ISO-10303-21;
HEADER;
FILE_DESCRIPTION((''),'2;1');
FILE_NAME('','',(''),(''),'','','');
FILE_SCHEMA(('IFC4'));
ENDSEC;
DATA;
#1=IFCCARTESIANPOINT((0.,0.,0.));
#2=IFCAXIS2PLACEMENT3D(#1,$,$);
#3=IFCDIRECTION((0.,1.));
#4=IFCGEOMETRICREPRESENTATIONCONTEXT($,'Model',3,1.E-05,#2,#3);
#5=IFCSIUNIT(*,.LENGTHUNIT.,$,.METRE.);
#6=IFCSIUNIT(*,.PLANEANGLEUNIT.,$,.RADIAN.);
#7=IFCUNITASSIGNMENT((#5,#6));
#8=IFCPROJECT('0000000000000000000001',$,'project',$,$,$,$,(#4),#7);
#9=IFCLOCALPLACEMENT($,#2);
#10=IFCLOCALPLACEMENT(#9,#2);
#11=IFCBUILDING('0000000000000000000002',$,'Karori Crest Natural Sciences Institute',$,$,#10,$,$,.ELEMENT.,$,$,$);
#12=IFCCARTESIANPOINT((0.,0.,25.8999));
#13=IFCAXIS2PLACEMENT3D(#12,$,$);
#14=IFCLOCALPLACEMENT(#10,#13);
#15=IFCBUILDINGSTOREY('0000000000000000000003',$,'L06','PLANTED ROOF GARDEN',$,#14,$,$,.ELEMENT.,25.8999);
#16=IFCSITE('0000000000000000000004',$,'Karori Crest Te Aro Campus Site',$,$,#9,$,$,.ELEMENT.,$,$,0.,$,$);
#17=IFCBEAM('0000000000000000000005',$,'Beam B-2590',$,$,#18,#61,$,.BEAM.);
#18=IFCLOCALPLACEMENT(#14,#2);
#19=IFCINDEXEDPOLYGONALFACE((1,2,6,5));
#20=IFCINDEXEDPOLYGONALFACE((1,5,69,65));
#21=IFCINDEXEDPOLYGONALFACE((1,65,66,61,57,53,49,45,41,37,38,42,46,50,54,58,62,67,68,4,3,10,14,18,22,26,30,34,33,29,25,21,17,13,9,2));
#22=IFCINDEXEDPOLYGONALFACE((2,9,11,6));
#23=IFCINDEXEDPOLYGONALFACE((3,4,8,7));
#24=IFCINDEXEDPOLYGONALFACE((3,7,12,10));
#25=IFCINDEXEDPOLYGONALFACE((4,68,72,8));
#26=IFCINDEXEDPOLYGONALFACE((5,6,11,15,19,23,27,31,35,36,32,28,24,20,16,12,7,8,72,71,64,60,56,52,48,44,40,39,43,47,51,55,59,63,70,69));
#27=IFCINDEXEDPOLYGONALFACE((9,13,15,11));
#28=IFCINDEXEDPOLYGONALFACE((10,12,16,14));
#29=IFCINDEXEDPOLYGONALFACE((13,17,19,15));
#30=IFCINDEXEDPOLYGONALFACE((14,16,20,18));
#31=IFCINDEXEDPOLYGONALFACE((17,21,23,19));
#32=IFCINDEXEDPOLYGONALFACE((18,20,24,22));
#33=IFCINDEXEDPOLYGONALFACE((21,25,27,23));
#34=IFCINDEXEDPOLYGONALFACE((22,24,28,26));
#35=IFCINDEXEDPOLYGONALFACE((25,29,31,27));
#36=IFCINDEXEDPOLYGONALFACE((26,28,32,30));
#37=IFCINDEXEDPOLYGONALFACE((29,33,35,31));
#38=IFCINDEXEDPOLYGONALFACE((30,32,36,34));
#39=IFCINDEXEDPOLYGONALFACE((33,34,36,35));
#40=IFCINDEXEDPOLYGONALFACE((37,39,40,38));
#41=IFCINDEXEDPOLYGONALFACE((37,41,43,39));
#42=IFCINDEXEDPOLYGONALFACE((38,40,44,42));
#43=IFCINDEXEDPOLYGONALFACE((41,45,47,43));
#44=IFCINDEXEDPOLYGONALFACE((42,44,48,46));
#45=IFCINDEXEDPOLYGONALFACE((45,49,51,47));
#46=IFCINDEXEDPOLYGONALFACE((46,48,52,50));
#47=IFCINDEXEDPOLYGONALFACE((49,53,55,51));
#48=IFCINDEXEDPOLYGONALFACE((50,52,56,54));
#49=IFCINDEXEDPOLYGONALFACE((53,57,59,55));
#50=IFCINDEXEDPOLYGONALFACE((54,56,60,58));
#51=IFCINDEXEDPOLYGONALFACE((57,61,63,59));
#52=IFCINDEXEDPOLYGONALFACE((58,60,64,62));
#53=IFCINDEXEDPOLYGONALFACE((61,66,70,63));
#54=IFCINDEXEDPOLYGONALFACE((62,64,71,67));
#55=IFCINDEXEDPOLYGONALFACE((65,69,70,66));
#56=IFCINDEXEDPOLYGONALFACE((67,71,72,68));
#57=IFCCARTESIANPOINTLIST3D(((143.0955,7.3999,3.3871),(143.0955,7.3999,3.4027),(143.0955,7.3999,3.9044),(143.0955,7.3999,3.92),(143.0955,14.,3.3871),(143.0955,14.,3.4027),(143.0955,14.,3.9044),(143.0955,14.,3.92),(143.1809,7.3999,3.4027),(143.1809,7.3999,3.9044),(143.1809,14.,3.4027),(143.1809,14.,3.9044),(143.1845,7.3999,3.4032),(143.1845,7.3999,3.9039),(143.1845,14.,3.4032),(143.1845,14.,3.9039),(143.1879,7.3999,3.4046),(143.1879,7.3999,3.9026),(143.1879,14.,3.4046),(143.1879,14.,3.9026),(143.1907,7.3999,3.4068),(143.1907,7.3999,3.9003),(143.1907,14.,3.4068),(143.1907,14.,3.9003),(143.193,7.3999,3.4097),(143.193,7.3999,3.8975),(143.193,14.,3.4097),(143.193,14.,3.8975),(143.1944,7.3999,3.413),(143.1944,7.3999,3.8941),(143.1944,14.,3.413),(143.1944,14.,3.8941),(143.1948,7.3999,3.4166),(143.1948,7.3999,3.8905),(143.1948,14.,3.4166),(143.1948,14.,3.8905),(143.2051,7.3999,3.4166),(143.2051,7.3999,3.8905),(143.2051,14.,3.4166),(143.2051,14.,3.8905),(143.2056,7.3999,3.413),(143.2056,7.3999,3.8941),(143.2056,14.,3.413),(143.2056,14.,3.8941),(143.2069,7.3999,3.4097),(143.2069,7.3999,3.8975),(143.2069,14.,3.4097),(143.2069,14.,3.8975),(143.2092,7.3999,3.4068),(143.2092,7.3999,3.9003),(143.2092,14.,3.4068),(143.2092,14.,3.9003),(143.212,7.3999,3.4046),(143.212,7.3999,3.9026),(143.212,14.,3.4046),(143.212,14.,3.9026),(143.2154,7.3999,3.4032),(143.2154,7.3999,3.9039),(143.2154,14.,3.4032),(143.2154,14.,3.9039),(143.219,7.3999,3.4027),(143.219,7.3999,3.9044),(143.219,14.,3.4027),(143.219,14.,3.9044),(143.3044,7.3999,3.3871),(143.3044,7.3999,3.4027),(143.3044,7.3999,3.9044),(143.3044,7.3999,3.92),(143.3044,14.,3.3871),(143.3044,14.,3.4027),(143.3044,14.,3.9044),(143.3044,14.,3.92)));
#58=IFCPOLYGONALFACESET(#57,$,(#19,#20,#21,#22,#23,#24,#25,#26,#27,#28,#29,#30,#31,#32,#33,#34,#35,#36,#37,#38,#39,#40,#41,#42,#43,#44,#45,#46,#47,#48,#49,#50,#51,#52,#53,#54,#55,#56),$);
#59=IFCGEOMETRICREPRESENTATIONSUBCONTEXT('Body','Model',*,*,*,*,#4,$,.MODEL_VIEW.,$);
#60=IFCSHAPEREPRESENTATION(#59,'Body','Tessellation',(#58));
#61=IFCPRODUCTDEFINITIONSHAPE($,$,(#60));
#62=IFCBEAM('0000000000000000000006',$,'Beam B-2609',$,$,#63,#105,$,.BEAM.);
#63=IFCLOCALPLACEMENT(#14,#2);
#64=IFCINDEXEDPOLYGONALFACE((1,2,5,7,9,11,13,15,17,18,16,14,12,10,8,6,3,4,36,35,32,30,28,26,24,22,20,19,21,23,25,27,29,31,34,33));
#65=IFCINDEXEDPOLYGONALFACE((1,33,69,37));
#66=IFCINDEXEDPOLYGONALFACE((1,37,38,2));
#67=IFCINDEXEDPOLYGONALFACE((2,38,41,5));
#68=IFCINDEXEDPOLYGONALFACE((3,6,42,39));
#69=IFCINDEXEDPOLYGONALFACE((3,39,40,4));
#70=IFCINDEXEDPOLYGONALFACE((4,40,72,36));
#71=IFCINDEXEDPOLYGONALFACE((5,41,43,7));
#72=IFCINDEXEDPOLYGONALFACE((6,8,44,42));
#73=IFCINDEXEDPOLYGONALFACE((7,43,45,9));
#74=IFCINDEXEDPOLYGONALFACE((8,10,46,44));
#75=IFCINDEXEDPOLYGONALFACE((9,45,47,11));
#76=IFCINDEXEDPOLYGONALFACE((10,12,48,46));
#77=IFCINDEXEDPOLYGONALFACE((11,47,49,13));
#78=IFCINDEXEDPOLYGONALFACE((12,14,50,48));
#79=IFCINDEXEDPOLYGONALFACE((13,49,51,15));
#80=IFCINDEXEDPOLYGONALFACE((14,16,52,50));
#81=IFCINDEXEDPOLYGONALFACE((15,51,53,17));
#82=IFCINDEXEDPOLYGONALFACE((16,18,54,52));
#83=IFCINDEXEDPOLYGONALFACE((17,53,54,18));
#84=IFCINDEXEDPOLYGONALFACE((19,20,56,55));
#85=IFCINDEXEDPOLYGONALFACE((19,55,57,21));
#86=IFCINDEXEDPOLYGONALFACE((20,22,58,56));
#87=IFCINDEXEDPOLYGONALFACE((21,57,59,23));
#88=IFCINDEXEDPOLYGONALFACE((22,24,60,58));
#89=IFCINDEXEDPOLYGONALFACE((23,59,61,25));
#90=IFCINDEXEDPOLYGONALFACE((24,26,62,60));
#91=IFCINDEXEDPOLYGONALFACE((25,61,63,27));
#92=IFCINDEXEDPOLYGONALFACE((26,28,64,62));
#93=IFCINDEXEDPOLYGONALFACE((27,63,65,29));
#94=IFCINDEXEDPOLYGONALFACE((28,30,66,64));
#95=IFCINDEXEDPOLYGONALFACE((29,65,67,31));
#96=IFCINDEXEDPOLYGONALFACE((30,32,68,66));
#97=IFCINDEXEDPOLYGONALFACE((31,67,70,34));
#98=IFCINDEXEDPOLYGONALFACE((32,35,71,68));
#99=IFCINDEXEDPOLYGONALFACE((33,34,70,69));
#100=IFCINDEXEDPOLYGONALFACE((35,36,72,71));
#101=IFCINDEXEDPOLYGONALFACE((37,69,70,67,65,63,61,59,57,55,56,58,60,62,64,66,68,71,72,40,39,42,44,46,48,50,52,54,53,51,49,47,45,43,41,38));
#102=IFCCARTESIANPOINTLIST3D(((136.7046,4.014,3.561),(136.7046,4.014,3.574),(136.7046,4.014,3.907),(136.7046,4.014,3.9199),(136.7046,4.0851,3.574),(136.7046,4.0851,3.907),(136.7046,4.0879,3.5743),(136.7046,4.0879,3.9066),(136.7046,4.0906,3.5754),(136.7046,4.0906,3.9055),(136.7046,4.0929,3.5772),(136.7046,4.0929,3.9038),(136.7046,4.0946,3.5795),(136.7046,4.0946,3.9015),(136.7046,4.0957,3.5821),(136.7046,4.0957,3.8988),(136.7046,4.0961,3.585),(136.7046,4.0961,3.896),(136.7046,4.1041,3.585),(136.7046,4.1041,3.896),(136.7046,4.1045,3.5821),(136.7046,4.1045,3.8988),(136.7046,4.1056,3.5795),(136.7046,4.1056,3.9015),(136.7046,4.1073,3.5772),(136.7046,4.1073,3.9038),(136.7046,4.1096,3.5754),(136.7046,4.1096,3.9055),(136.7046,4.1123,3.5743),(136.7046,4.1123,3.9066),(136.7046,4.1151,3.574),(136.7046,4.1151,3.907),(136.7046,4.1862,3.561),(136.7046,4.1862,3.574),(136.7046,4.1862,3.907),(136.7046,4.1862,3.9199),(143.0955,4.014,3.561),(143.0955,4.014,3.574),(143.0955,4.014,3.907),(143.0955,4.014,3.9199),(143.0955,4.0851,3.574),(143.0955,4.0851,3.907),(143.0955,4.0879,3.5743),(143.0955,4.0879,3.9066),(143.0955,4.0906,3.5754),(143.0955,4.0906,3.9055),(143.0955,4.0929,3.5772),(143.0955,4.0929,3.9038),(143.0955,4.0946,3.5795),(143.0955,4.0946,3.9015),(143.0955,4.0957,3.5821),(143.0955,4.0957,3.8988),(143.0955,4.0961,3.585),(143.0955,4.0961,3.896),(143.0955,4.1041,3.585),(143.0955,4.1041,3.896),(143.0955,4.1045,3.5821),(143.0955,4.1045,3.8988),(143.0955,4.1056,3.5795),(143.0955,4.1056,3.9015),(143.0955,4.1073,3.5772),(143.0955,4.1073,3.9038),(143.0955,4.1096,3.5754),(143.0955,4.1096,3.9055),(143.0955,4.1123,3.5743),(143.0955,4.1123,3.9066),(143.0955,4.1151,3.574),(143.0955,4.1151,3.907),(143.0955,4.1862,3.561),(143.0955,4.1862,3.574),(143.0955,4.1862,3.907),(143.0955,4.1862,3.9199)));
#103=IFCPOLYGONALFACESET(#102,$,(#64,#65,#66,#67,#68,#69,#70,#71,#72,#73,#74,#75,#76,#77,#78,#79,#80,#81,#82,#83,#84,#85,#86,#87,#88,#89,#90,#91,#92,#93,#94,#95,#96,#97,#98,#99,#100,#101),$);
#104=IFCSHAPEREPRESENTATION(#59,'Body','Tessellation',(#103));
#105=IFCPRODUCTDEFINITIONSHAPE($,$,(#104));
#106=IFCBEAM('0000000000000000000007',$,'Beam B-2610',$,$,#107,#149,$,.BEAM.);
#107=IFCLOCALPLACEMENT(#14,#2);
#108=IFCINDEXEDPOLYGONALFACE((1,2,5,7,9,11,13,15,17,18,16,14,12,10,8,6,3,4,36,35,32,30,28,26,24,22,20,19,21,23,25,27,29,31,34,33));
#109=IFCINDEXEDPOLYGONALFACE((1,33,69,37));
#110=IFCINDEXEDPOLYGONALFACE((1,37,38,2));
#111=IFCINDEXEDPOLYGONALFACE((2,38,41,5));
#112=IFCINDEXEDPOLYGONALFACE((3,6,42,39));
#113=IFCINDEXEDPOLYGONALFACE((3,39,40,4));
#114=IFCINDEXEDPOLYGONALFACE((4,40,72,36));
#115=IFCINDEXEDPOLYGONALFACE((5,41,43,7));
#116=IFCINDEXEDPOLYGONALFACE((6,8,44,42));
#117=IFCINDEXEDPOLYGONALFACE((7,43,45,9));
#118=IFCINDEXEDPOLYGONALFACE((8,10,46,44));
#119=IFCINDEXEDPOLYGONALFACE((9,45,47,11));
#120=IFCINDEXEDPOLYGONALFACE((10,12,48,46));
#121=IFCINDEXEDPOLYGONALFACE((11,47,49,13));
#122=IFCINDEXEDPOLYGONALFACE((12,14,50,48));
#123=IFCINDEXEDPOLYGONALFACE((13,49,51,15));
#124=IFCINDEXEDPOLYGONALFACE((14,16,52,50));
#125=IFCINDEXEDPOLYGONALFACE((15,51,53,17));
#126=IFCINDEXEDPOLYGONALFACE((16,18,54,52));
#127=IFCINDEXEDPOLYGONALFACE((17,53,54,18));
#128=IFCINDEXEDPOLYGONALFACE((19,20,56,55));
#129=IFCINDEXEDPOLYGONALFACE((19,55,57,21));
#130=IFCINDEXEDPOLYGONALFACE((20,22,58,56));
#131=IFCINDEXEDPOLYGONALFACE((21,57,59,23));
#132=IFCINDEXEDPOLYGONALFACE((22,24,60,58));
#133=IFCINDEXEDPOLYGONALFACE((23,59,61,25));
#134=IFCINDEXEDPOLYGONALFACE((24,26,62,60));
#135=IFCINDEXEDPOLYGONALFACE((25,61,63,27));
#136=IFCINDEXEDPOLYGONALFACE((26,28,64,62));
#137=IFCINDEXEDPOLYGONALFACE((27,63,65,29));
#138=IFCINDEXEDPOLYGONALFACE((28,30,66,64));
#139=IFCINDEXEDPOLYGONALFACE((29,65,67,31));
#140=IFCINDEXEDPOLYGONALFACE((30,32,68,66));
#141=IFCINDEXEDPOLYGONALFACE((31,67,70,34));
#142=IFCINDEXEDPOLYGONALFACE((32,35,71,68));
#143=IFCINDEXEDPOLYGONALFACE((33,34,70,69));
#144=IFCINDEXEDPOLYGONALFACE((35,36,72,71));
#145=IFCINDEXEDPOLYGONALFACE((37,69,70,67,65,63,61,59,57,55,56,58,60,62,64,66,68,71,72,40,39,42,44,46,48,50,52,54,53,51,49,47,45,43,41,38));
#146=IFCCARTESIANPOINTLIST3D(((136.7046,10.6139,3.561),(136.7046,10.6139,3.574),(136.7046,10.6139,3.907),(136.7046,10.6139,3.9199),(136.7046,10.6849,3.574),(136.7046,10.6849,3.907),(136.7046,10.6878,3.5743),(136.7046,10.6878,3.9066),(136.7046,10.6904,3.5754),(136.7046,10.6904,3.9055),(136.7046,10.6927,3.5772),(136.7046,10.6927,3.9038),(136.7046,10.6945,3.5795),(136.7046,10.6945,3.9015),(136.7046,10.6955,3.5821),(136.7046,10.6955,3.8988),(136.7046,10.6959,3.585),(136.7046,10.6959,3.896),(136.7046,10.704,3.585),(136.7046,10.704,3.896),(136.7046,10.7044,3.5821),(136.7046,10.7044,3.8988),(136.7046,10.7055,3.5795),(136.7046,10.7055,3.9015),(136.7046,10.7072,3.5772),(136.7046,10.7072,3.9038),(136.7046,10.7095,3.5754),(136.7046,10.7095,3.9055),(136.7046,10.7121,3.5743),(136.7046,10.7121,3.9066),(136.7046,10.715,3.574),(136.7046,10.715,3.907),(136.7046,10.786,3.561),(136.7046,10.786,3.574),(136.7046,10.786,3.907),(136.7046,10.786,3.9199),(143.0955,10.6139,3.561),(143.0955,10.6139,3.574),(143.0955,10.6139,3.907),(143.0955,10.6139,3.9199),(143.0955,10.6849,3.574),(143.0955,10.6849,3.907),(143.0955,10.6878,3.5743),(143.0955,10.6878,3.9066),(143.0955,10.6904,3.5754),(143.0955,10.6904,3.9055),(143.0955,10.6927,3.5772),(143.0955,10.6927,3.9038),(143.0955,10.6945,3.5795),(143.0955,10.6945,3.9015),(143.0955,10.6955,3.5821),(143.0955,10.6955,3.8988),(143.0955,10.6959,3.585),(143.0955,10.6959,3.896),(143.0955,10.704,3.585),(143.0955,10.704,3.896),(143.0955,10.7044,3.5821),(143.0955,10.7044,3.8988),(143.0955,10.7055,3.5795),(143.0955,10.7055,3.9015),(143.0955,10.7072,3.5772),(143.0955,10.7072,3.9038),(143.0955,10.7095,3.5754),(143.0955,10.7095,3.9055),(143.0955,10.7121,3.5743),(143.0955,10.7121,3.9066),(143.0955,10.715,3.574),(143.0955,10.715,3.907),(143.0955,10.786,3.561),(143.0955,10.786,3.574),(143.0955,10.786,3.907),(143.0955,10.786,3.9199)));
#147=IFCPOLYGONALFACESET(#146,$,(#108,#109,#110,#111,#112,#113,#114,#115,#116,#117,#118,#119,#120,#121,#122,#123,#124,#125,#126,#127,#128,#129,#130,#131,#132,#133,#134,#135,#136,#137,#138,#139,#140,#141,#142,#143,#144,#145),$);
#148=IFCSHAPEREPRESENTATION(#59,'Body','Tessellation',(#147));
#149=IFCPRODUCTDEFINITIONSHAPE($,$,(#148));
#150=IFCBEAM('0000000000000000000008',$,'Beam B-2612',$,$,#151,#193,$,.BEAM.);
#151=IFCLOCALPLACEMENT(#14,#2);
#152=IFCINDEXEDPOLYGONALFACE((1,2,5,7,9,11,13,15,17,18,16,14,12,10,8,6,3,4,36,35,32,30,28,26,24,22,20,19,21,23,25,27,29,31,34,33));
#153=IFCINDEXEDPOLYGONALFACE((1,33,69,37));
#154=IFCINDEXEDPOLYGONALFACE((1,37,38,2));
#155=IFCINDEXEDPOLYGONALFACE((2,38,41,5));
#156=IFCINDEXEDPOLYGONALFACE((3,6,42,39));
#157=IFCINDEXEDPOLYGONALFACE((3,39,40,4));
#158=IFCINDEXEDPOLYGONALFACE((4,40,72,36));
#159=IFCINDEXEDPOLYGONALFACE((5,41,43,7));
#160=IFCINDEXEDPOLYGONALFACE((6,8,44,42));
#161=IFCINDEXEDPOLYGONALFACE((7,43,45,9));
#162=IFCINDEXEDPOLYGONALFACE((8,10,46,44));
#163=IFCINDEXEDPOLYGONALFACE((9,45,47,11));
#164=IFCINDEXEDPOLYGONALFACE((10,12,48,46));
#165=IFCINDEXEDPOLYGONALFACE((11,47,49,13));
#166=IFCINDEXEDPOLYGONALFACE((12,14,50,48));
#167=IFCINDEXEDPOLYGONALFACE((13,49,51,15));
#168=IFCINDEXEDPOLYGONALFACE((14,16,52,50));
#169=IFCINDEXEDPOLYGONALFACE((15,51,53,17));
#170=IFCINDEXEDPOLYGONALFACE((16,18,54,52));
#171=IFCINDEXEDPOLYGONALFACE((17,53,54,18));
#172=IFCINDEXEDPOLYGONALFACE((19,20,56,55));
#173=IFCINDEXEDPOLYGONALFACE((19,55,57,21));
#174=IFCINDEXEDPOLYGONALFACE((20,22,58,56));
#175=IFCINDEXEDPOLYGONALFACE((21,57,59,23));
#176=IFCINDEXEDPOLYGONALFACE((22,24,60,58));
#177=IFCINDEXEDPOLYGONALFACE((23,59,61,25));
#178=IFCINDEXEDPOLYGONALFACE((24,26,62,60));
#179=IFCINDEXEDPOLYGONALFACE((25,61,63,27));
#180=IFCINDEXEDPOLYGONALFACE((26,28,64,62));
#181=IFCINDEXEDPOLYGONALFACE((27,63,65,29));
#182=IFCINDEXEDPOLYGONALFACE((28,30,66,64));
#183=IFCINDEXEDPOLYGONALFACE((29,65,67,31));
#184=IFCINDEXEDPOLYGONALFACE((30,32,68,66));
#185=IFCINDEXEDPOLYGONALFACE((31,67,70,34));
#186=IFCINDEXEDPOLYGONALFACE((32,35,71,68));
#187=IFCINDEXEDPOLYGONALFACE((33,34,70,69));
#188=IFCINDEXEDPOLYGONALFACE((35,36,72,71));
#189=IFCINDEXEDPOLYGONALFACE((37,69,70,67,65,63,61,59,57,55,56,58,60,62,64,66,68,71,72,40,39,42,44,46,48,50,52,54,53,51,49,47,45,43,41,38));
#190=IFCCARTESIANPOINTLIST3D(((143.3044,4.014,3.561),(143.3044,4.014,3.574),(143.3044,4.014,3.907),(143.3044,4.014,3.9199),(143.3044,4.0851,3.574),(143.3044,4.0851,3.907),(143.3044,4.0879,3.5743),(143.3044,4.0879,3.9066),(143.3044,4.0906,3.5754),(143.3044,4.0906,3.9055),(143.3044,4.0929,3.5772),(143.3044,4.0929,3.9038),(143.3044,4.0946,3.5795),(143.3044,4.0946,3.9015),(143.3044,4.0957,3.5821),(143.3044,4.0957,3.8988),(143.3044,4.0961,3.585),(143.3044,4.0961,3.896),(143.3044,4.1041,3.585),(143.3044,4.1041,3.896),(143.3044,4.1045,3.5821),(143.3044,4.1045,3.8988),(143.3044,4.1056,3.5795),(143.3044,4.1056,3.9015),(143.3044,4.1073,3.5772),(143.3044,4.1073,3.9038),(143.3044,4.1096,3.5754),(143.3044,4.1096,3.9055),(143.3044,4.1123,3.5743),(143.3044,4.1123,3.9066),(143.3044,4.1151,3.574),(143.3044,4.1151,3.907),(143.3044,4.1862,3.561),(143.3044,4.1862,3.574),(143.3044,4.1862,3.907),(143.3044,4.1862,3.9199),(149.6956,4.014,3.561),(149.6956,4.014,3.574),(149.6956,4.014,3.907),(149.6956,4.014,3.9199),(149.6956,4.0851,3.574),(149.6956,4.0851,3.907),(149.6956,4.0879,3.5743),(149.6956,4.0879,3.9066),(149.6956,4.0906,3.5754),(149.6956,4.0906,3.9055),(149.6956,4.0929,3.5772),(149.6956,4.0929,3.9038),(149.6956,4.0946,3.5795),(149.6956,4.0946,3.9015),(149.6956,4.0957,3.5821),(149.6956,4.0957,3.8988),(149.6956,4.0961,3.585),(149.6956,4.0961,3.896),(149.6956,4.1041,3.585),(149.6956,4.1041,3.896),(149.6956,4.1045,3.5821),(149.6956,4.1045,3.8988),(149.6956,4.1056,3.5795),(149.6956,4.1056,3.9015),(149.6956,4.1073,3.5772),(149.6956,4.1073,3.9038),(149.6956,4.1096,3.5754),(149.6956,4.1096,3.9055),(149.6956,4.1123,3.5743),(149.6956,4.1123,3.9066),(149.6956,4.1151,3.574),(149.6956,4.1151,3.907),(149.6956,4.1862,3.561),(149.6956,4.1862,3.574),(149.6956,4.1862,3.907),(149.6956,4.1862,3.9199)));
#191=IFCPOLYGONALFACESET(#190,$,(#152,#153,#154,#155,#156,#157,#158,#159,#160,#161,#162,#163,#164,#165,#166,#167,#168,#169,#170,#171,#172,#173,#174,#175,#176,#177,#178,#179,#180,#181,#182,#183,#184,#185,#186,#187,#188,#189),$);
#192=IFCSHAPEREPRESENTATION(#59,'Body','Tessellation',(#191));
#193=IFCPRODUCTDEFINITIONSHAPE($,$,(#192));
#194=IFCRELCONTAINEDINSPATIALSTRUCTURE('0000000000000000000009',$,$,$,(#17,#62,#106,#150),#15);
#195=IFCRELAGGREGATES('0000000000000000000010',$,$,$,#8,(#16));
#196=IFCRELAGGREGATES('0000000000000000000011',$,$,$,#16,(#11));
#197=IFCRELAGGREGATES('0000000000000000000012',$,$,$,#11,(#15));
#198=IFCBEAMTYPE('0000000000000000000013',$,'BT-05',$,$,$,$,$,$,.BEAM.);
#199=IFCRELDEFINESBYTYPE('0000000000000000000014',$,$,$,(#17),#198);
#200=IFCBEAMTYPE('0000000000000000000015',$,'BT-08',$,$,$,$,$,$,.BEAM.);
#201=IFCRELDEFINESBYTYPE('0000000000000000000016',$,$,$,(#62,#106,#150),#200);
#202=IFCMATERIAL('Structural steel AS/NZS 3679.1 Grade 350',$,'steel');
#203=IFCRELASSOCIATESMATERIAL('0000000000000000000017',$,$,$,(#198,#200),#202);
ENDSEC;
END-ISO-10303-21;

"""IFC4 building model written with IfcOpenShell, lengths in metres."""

from ifc_helpers import new_model, si_unit, direction, frame, origin, origin_2d, place, context, subcontext, project, spatial, i_section, extrude, material, material_profile, profile_set, type_object, element, save


model = new_model("IFC4")

# Units and contexts
model_context = context("Model", 3, precision=1e-05, world=origin(), true_north=direction((0.0, 1.0)))
body_context = subcontext(model_context, "Body", "Model", "MODEL_VIEW")
ifc_project = project(units=[si_unit("LENGTHUNIT", "METRE"), si_unit("PLANEANGLEUNIT", "RADIAN")], contexts=[model_context])

# Site, building, storey
site_placement = place(None, origin())
site = spatial("IfcSite", under=ifc_project, at=site_placement, Name="Karori Crest Te Aro Campus Site", CompositionType="ELEMENT", RefElevation=0.0)
building_placement = place(site_placement, origin())
building = spatial("IfcBuilding", under=site, at=building_placement, Name="Karori Crest Natural Sciences Institute", CompositionType="ELEMENT")
storey_placement = place(building_placement, frame((0.0, 0.0, 25.8999)))
storey = spatial("IfcBuildingStorey", under=building, at=storey_placement, Name="L06", Description="PLANTED ROOF GARDEN", CompositionType="ELEMENT", Elevation=25.8999)

# Shared definitions
ifc_material_1 = material(Name="Structural steel AS/NZS 3679.1 Grade 350", Category="steel")

# Beams
ifc_material_profile_1 = material_profile(ifc_material_1, i_section(OverallWidth=0.209, OverallDepth=0.533, WebThickness=0.0103, FlangeThickness=0.0156, FilletRadius=0.0139, at=origin_2d()), Name="530UB92.4")
ifc_profile_set_1 = profile_set([ifc_material_profile_1], Name="Structural steel AS/NZS 3679.1 Grade 350")
beam_type_1 = type_object("IfcBeamType", Name="BT-05", PredefinedType="BEAM", material=ifc_profile_set_1)
beam_1_placement = place(storey_placement, frame((143.2, 7.3999, 3.6536), z_axis=(0.0, 1.0, 0.0), x_axis=(-1.0, 0.0, 0.0)))
element("IfcBeam", 1, at=beam_1_placement, inside=storey, type_object=beam_type_1, Name="Beam B-2590", PredefinedType="BEAM", context=body_context, shape_type="SweptSolid", body=[
    extrude(i_section(OverallWidth=0.209, OverallDepth=0.533, WebThickness=0.0103, FlangeThickness=0.0156, FilletRadius=0.0139, at=origin_2d()), origin(), (0.0, 0.0, 1.0), 6.6001),
])
ifc_material_profile_2 = material_profile(ifc_material_1, i_section(OverallWidth=0.1721, OverallDepth=0.3589, WebThickness=0.0081, FlangeThickness=0.0129, FilletRadius=0.011, at=origin_2d()), Name="360UB56.7")
ifc_profile_set_2 = profile_set([ifc_material_profile_2], Name="Structural steel AS/NZS 3679.1 Grade 350")
beam_type_2 = type_object("IfcBeamType", Name="BT-08", PredefinedType="BEAM", material=ifc_profile_set_2)
for number, where, z_axis, x_axis, name in (
    (2, (136.7046, 4.1001, 3.7405), (1.0, 0.0, 0.0), (0.0, 1.0, 0.0), "Beam B-2609"),
    (3, (136.7046, 10.7, 3.7405), (1.0, 0.0, 0.0), (0.0, 1.0, 0.0), "Beam B-2610"),
):
    element("IfcBeam", number, at=place(storey_placement, frame(where, z_axis=z_axis, x_axis=x_axis)), inside=storey, type_object=beam_type_2, Name=name, PredefinedType="BEAM", context=body_context, shape_type="SweptSolid", body=[
        extrude(i_section(OverallWidth=0.1721, OverallDepth=0.3589, WebThickness=0.0081, FlangeThickness=0.0129, FilletRadius=0.011, at=origin_2d()), origin(), (0.0, 0.0, 1.0), 6.3909),
    ])
for number, where, z_axis, x_axis, name in (
    (4, (143.3044, 4.1001, 3.7405), (1.0, 0.0, 0.0), (0.0, 1.0, 0.0), "Beam B-2612"),
):
    element("IfcBeam", number, at=place(storey_placement, frame(where, z_axis=z_axis, x_axis=x_axis)), inside=storey, type_object=beam_type_2, Name=name, PredefinedType="BEAM", context=body_context, shape_type="SweptSolid", body=[
        extrude(i_section(OverallWidth=0.1721, OverallDepth=0.3589, WebThickness=0.0081, FlangeThickness=0.0129, FilletRadius=0.011, at=origin_2d()), origin(), (0.0, 0.0, 1.0), 6.3911),
    ])

save(model, "model.ifc")
